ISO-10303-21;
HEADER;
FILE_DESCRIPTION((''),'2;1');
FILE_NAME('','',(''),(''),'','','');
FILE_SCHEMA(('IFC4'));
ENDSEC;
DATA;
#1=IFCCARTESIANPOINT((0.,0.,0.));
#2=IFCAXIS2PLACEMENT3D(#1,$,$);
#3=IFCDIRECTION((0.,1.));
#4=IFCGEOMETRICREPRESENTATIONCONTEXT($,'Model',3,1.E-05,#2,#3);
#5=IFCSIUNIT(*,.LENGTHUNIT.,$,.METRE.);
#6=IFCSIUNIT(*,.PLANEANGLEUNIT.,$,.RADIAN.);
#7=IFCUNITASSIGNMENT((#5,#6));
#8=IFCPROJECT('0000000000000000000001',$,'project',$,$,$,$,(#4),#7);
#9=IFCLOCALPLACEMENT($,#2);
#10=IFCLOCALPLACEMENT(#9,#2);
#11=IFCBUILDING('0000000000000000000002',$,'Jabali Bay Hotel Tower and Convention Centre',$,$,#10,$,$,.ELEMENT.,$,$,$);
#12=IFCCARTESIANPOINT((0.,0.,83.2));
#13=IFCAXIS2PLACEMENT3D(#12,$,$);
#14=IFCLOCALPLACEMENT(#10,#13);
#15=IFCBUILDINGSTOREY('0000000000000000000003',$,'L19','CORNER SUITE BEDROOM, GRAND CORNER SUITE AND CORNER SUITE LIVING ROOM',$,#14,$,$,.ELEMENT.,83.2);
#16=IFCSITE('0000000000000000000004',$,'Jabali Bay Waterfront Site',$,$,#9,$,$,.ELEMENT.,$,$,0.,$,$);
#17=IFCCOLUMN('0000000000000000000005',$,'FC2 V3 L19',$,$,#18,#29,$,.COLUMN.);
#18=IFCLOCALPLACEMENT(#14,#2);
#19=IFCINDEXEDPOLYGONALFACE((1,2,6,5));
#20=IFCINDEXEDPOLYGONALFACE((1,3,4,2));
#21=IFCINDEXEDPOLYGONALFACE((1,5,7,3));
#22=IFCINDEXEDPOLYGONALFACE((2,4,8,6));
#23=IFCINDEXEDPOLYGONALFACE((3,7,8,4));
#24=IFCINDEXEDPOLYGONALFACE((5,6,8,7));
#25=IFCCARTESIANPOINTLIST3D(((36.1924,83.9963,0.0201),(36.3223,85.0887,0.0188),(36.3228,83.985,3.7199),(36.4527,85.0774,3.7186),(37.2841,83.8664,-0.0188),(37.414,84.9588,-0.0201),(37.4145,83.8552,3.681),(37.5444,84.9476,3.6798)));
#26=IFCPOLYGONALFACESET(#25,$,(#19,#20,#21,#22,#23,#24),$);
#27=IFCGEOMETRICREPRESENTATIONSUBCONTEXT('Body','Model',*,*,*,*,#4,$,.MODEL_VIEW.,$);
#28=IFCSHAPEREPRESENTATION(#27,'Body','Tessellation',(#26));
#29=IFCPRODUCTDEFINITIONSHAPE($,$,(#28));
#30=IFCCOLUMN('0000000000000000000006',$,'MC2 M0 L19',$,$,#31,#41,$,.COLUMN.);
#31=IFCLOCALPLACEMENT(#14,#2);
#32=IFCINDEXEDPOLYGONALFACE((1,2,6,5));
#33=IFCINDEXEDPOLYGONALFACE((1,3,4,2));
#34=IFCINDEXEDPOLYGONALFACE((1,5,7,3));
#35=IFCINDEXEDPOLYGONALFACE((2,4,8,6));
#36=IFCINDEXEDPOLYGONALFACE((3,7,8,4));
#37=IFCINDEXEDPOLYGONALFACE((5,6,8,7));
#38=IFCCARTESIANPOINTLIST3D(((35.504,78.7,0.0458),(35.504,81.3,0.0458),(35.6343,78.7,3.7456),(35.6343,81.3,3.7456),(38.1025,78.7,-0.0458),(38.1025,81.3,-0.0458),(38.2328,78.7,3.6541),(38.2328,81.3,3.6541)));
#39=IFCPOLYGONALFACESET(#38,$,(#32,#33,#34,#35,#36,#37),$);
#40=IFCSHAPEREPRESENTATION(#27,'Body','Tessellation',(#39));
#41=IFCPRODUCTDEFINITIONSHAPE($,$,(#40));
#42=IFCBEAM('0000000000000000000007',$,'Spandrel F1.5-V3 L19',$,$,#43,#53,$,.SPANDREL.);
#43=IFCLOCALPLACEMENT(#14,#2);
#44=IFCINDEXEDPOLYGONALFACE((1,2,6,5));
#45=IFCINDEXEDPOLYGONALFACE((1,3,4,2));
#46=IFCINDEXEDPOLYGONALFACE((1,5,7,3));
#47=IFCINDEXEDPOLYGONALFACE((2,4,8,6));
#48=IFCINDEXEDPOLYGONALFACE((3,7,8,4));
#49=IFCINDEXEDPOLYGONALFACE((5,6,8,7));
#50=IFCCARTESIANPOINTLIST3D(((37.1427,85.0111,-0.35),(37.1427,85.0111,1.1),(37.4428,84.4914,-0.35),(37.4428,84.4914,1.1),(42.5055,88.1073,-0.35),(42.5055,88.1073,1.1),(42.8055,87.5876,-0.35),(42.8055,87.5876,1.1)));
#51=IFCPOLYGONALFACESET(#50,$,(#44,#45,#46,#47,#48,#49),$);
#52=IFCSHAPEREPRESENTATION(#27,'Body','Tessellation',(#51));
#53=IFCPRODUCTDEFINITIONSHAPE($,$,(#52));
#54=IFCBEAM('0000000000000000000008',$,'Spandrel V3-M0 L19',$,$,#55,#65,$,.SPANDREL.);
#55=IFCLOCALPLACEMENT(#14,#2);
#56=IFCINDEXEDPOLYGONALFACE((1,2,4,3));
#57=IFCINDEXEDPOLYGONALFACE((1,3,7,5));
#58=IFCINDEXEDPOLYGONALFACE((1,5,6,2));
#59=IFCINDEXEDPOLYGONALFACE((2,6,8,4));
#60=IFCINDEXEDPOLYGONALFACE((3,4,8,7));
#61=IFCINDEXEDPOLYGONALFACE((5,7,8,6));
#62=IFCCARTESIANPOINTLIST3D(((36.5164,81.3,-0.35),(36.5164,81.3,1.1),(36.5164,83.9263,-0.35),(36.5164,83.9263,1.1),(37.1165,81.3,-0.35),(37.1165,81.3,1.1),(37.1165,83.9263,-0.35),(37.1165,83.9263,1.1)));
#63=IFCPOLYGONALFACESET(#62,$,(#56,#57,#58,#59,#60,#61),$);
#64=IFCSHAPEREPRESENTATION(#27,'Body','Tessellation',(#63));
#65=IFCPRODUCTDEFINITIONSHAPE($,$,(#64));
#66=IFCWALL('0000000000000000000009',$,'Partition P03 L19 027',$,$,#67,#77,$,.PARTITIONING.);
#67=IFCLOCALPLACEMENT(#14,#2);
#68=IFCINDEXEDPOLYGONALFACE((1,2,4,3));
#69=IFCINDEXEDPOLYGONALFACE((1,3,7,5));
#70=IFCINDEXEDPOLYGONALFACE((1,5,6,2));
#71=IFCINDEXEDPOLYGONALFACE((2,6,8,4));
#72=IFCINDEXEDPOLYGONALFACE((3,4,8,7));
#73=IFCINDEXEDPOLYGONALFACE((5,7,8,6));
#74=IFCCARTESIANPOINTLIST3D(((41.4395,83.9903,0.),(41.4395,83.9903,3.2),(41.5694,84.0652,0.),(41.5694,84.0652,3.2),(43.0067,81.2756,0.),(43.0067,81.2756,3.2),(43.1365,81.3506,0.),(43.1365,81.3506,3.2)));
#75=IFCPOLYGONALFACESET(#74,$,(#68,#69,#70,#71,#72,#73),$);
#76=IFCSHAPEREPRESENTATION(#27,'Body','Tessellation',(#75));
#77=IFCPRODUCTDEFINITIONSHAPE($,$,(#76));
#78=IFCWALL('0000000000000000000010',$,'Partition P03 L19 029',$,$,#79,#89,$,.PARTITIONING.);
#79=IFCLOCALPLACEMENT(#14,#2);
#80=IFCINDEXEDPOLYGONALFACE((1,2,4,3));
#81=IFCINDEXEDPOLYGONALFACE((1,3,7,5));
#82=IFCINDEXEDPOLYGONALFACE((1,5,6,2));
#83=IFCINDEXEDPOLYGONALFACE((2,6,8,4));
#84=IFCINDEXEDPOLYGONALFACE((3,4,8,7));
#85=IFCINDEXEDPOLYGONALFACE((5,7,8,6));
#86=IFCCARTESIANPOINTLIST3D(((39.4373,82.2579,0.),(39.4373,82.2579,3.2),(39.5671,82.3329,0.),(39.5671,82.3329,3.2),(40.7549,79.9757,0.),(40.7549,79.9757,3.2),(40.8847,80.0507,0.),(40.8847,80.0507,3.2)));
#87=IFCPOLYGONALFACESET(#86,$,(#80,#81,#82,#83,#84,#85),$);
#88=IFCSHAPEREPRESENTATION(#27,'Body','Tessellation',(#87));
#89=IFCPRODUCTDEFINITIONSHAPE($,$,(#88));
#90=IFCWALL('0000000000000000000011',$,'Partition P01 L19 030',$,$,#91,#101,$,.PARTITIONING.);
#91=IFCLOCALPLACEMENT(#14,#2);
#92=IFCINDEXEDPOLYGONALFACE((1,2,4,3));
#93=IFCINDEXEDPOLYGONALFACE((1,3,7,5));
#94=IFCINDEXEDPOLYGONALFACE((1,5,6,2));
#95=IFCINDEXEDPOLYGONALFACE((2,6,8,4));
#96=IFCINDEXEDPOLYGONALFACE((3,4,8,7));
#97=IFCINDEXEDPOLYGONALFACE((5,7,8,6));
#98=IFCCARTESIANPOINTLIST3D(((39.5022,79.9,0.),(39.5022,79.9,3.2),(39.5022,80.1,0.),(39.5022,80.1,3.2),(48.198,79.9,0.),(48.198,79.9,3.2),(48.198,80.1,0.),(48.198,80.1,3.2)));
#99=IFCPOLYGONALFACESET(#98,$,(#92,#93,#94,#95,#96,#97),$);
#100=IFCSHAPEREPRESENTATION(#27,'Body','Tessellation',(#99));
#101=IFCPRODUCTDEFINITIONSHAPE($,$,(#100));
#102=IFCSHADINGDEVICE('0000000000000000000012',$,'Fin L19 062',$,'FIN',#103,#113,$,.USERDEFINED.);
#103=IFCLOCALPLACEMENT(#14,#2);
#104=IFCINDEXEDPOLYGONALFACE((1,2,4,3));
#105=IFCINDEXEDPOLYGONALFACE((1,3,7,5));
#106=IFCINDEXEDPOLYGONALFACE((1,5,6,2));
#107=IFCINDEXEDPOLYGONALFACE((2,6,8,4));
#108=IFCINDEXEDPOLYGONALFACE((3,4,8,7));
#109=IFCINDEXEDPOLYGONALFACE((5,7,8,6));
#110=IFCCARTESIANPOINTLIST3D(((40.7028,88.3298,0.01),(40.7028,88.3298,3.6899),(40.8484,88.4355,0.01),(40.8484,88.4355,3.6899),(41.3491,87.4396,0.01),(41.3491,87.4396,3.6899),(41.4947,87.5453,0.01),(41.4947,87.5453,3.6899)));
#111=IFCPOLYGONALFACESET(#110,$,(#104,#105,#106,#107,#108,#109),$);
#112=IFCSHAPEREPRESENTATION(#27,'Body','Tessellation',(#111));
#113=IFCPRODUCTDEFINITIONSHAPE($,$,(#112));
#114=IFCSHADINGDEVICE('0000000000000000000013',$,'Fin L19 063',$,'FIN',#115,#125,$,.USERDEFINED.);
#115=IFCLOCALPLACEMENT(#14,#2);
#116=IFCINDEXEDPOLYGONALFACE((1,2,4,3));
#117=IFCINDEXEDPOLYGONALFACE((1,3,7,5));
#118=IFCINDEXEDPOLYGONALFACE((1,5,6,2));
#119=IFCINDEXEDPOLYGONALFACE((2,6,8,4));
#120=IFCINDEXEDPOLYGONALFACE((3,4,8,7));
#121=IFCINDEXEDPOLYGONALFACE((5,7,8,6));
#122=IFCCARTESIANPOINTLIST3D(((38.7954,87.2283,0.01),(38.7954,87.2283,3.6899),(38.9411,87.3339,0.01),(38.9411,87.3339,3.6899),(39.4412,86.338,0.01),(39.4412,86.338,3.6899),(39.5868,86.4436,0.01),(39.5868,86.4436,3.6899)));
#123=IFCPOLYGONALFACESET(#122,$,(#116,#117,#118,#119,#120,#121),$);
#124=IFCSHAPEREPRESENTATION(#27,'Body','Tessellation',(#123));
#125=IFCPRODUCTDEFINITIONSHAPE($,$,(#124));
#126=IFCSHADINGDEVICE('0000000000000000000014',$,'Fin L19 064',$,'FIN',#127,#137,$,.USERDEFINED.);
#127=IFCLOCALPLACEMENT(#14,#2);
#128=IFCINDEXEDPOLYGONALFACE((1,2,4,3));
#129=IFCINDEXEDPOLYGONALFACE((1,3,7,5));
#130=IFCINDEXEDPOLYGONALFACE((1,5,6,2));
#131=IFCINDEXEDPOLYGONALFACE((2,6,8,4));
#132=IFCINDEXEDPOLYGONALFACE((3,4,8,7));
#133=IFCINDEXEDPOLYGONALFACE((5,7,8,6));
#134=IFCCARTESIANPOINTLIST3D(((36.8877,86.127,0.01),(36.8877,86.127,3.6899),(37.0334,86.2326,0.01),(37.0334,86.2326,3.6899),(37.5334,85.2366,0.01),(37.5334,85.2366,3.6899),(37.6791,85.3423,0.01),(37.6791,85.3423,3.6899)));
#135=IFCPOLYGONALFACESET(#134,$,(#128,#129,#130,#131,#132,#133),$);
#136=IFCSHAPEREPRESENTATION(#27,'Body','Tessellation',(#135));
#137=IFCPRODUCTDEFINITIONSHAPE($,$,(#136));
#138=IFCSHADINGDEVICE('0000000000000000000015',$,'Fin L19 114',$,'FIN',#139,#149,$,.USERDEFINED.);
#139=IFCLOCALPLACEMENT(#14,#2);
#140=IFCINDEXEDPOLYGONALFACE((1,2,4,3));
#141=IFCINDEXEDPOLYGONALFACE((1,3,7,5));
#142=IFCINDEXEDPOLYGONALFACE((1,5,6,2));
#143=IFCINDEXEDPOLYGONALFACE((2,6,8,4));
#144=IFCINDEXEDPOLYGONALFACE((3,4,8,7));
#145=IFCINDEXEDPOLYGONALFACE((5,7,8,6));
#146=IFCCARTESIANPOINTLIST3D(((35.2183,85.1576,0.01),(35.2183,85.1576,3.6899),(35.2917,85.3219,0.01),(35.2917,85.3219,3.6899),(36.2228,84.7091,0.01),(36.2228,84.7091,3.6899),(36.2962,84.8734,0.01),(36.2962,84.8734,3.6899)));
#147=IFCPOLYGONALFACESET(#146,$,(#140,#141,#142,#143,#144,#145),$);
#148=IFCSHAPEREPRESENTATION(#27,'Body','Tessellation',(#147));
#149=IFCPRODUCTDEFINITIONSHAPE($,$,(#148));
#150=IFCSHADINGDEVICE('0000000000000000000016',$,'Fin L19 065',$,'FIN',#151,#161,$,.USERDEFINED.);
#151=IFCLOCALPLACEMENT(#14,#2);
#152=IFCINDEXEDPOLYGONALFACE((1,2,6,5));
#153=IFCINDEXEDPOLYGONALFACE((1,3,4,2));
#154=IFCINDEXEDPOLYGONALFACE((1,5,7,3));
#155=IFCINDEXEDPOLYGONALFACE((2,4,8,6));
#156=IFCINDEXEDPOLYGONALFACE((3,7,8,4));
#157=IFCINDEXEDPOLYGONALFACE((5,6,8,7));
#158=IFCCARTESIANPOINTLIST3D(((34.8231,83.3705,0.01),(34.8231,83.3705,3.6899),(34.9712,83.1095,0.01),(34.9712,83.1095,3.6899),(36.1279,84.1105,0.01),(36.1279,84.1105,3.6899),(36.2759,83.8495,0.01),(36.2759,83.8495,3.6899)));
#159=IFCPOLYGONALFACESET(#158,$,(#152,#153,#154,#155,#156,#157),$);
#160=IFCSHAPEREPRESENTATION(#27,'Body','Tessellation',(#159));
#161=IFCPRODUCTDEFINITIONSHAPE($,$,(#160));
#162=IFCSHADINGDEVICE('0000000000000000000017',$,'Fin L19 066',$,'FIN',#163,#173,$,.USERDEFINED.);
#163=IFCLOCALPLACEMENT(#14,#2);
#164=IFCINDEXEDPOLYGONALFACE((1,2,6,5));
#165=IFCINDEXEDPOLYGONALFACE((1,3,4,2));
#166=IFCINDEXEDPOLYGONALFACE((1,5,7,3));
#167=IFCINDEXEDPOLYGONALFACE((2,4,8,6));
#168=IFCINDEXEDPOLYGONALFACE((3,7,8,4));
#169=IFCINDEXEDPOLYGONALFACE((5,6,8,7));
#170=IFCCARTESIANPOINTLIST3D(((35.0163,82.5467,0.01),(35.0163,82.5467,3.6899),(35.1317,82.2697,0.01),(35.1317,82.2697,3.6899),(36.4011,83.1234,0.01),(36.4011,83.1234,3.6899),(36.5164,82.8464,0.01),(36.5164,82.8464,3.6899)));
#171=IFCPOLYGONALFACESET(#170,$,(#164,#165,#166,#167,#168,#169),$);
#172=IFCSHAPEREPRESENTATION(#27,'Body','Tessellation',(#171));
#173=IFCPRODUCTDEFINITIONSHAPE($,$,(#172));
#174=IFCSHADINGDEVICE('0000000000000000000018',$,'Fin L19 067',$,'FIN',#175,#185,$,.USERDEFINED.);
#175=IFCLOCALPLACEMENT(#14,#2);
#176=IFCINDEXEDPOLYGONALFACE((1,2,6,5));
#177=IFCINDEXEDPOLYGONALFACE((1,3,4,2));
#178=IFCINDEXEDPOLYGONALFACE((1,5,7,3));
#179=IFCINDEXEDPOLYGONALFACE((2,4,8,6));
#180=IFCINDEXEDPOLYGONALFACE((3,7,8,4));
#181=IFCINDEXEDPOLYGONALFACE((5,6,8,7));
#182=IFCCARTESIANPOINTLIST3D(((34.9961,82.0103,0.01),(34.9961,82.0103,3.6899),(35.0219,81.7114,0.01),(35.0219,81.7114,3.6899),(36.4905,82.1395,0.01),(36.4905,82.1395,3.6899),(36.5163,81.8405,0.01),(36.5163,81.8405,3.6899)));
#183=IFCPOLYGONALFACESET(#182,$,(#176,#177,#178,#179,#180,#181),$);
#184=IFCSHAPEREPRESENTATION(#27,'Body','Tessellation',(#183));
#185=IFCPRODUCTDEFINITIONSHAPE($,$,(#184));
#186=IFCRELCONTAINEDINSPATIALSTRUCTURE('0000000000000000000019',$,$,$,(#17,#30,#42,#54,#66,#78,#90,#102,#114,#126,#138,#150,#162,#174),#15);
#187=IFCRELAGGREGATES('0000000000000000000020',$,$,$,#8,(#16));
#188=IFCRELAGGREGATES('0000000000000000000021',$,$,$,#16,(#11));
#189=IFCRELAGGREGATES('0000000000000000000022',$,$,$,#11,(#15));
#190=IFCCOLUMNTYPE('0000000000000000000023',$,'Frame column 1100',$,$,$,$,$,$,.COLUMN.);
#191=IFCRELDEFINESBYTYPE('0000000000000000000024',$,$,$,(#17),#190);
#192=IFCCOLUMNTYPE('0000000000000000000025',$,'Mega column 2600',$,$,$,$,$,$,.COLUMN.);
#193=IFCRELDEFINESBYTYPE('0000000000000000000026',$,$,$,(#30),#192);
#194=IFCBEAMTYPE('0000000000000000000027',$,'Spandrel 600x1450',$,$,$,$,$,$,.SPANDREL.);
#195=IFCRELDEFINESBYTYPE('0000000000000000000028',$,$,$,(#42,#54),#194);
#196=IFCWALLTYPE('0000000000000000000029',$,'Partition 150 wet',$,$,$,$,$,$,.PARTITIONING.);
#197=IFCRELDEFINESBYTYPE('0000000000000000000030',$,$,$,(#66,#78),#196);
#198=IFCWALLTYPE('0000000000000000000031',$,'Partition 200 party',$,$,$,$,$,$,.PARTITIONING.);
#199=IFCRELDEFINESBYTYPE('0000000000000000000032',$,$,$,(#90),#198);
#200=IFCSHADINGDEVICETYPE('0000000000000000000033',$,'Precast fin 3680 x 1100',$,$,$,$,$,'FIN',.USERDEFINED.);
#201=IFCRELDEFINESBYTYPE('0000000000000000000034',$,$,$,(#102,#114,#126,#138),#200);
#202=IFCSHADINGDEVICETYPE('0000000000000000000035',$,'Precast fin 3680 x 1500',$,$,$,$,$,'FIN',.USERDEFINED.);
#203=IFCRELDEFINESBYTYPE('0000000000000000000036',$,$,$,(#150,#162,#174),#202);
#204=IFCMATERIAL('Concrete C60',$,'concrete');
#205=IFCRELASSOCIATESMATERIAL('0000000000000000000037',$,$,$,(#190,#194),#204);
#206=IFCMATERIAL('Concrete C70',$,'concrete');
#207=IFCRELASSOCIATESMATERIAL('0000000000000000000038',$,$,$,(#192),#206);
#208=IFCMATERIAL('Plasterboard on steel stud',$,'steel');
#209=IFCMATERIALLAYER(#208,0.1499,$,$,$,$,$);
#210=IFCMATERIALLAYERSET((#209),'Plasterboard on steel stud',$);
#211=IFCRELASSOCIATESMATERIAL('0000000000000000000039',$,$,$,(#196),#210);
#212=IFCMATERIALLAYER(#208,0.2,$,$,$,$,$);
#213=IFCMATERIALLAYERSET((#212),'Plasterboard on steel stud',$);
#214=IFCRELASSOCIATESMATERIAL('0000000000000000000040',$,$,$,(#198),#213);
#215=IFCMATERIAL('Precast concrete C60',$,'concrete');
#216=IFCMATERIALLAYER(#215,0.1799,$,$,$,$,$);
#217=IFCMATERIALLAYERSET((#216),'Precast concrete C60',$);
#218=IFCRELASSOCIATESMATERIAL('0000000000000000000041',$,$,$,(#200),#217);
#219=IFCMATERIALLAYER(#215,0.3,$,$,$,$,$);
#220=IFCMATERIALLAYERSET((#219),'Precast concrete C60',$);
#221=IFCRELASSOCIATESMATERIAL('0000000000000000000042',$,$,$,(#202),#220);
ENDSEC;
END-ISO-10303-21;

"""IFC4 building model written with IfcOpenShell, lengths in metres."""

from ifc_helpers import new_model, si_unit, direction, frame, frame_2d, origin, origin_2d, place, context, subcontext, project, spatial, rectangle, extrude, material, layer, layer_set, material_profile, profile_set, type_object, element, save


model = new_model("IFC4")

# Units and contexts
model_context = context("Model", 3, precision=1e-05, world=origin(), true_north=direction((0.0, 1.0)))
body_context = subcontext(model_context, "Body", "Model", "MODEL_VIEW")
ifc_project = project(units=[si_unit("LENGTHUNIT", "METRE"), si_unit("PLANEANGLEUNIT", "RADIAN")], contexts=[model_context])

# Site, building, storey
site_placement = place(None, origin())
site = spatial("IfcSite", under=ifc_project, at=site_placement, Name="Jabali Bay Waterfront Site", CompositionType="ELEMENT", RefElevation=0.0)
building_placement = place(site_placement, origin())
building = spatial("IfcBuilding", under=site, at=building_placement, Name="Jabali Bay Hotel Tower and Convention Centre", CompositionType="ELEMENT")
storey_placement = place(building_placement, frame((0.0, 0.0, 83.2)))
storey = spatial("IfcBuildingStorey", under=building, at=storey_placement, Name="L19", Description="CORNER SUITE BEDROOM, GRAND CORNER SUITE AND CORNER SUITE LIVING ROOM", CompositionType="ELEMENT", Elevation=83.2)

# Columns
ifc_material_1 = material(Name="Concrete C60", Category="concrete")
ifc_material_profile_1 = material_profile(ifc_material_1, rectangle(XDim=1.1001, YDim=1.1001, at=origin_2d()), Name="Frame column 1100")
ifc_profile_set_1 = profile_set([ifc_material_profile_1], Name="Concrete C60")
column_type_1 = type_object("IfcColumnType", Name="Frame column 1100", PredefinedType="COLUMN", material=ifc_profile_set_1)
column_1_placement = place(storey_placement, frame((36.8032, 84.4775, 0.0), z_axis=(0.035214, -0.003033, 0.999375), x_axis=(-0.992378, 0.118061, 0.035326)))
element("IfcColumn", 1, at=column_1_placement, inside=storey, type_object=column_type_1, Name="FC2 V3 L19", PredefinedType="COLUMN", context=body_context, shape_type="SweptSolid", body=[
    extrude(rectangle(XDim=1.1001, YDim=1.1001, at=origin_2d()), origin(), (0.0, 0.0, 1.0), 3.7021),
])
ifc_material_2 = material(Name="Concrete C70", Category="concrete")
ifc_material_profile_2 = material_profile(ifc_material_2, rectangle(XDim=2.6001, YDim=2.6001, at=origin_2d()), Name="Mega column 2600")
ifc_profile_set_2 = profile_set([ifc_material_profile_2], Name="Concrete C70")
column_type_2 = type_object("IfcColumnType", Name="Mega column 2600", PredefinedType="COLUMN", material=ifc_profile_set_2)
column_2_placement = place(storey_placement, frame((36.8032, 80.0, 0.0), z_axis=(0.035214, 0.0, 0.99938), x_axis=(0.0, 1.0, 0.0)))
element("IfcColumn", 2, at=column_2_placement, inside=storey, type_object=column_type_2, Name="MC2 M0 L19", PredefinedType="COLUMN", context=body_context, shape_type="SweptSolid", body=[
    extrude(rectangle(XDim=2.6001, YDim=2.6001, at=origin_2d()), origin(), (0.0, 0.0, 1.0), 3.7021),
])

# Beams
ifc_material_profile_3 = material_profile(ifc_material_1, rectangle(XDim=0.6001, YDim=1.45, at=origin_2d()), Name="Spandrel 600x1450")
ifc_profile_set_3 = profile_set([ifc_material_profile_3], Name="Concrete C60")
beam_type = type_object("IfcBeamType", Name="Spandrel 600x1450", PredefinedType="SPANDREL", material=ifc_profile_set_3)
beam_1_placement = place(storey_placement, frame((42.6555, 87.8474, 0.375), z_axis=(-0.866027, -0.499998, 0.0), x_axis=(0.499998, -0.866027, 0.0)))
element("IfcBeam", 3, at=beam_1_placement, inside=storey, type_object=beam_type, Name="Spandrel F1.5-V3 L19", PredefinedType="SPANDREL", context=body_context, shape_type="SweptSolid", body=[
    extrude(rectangle(XDim=0.6001, YDim=1.45, at=origin_2d()), origin(), (0.0, 0.0, 1.0), 6.1924),
])
beam_2_placement = place(storey_placement, frame((36.8164, 83.9263, 0.375), z_axis=(0.0, -1.0, 0.0), x_axis=(1.0, 0.0, 0.0)))
element("IfcBeam", 4, at=beam_2_placement, inside=storey, type_object=beam_type, Name="Spandrel V3-M0 L19", PredefinedType="SPANDREL", context=body_context, shape_type="SweptSolid", body=[
    extrude(rectangle(XDim=0.6001, YDim=1.45, at=origin_2d()), origin(), (0.0, 0.0, 1.0), 2.6262),
])

# Walls
ifc_material_3 = material(Name="Plasterboard on steel stud", Category="steel")
ifc_layer_1 = layer(ifc_material_3, 0.1499)
ifc_layer_set_1 = layer_set([ifc_layer_1], Name="Plasterboard on steel stud")
wall_type_1 = type_object("IfcWallType", Name="Partition 150 wet", PredefinedType="PARTITIONING", material=ifc_layer_set_1)
wall_1_placement = place(storey_placement, frame((41.5044, 84.0278, 0.0), z_axis=(0.0, 0.0, 1.0), x_axis=(0.499967, -0.866044, 0.0)))
element("IfcWall", 5, at=wall_1_placement, inside=storey, type_object=wall_type_1, Name="Partition P03 L19 027", PredefinedType="PARTITIONING", context=body_context, shape_type="SweptSolid", body=[
    extrude(rectangle(XDim=3.1345, YDim=0.1499, at=frame_2d((1.5674, 0.0))), origin(), (0.0, 0.0, 1.0), 3.2),
])
wall_2_placement = place(storey_placement, frame((40.8198, 80.0132, 0.0), z_axis=(0.0, 0.0, 1.0), x_axis=(-0.499995, 0.866028, 0.0)))
element("IfcWall", 6, at=wall_2_placement, inside=storey, type_object=wall_type_1, Name="Partition P03 L19 029", PredefinedType="PARTITIONING", context=body_context, shape_type="SweptSolid", body=[
    extrude(rectangle(XDim=2.6353, YDim=0.1499, at=frame_2d((1.3176, 0.0))), origin(), (0.0, 0.0, 1.0), 3.2),
])
ifc_layer_2 = layer(ifc_material_3, 0.2)
ifc_layer_set_2 = layer_set([ifc_layer_2], Name="Plasterboard on steel stud")
wall_type_2 = type_object("IfcWallType", Name="Partition 200 party", PredefinedType="PARTITIONING", material=ifc_layer_set_2)
wall_3_placement = place(storey_placement, frame((39.5022, 80.0, 0.0), z_axis=(0.0, 0.0, 1.0), x_axis=(1.0, 0.0, 0.0)))
element("IfcWall", 7, at=wall_3_placement, inside=storey, type_object=wall_type_2, Name="Partition P01 L19 030", PredefinedType="PARTITIONING", context=body_context, shape_type="SweptSolid", body=[
    extrude(rectangle(XDim=8.6958, YDim=0.2, at=frame_2d((4.3479, 0.0))), origin(), (0.0, 0.0, 1.0), 3.2),
])

# Shading devices
ifc_material_4 = material(Name="Precast concrete C60", Category="concrete")
ifc_layer_3 = layer(ifc_material_4, 0.1799)
ifc_layer_set_3 = layer_set([ifc_layer_3], Name="Precast concrete C60")
shading_device_type_1 = type_object("IfcShadingDeviceType", Name="Precast fin 3680 x 1100", ElementType="FIN", PredefinedType="USERDEFINED", material=ifc_layer_set_3)
shading_device_1_placement = place(storey_placement, frame((41.4219, 87.4924, 0.01), z_axis=(0.0, 0.0, 1.0), x_axis=(-0.587498, 0.809225, 0.0)))
element("IfcShadingDevice", 8, at=shading_device_1_placement, inside=storey, type_object=shading_device_type_1, Name="Fin L19 062", ObjectType="FIN", PredefinedType="USERDEFINED", context=body_context, shape_type="SweptSolid", body=[
    extrude(rectangle(XDim=1.1001, YDim=0.1799, at=frame_2d((0.55, 0.0))), origin(), (0.0, 0.0, 1.0), 3.6799),
])
for number, where, z_axis, x_axis, name in (
    (9, (39.5139, 86.3909, 0.01), (0.0, 0.0, 1.0), (-0.587102, 0.809513, 0.0), "Fin L19 063"),
    (10, (37.6062, 85.2896, 0.01), (0.0, 0.0, 1.0), (-0.587102, 0.809513, 0.0), "Fin L19 064"),
):
    element("IfcShadingDevice", number, at=place(storey_placement, frame(where, z_axis=z_axis, x_axis=x_axis)), inside=storey, type_object=shading_device_type_1, Name=name, ObjectType="FIN", PredefinedType="USERDEFINED", context=body_context, shape_type="SweptSolid", body=[
        extrude(rectangle(XDim=1.0999, YDim=0.1799, at=frame_2d((0.5498, 0.0))), origin(), (0.0, 0.0, 1.0), 3.6799),
    ])
shading_device_2_placement = place(storey_placement, frame((36.2595, 84.7913, 0.01), z_axis=(0.0, 0.0, 1.0), x_axis=(-0.913105, 0.407724, 0.0)))
element("IfcShadingDevice", 11, at=shading_device_2_placement, inside=storey, type_object=shading_device_type_1, Name="Fin L19 114", ObjectType="FIN", PredefinedType="USERDEFINED", context=body_context, shape_type="SweptSolid", body=[
    extrude(rectangle(XDim=1.1001, YDim=0.1799, at=frame_2d((0.55, 0.0))), origin(), (0.0, 0.0, 1.0), 3.6799),
])
ifc_layer_4 = layer(ifc_material_4, 0.3)
ifc_layer_set_4 = layer_set([ifc_layer_4], Name="Precast concrete C60")
shading_device_type_2 = type_object("IfcShadingDeviceType", Name="Precast fin 3680 x 1500", ElementType="FIN", PredefinedType="USERDEFINED", material=ifc_layer_set_4)
for number, where, z_axis, x_axis, name in (
    (12, (36.2019, 83.98, 0.01), (0.0, 0.0, 1.0), (-0.869831, -0.493349, 0.0), "Fin L19 065"),
    (13, (36.4587, 82.9849, 0.01), (0.0, 0.0, 1.0), (-0.923154, -0.38443, 0.0), "Fin L19 066"),
    (14, (36.5034, 81.99, 0.01), (0.0, 0.0, 1.0), (-0.996286, -0.086103, 0.0), "Fin L19 067"),
):
    element("IfcShadingDevice", number, at=place(storey_placement, frame(where, z_axis=z_axis, x_axis=x_axis)), inside=storey, type_object=shading_device_type_2, Name=name, ObjectType="FIN", PredefinedType="USERDEFINED", context=body_context, shape_type="SweptSolid", body=[
        extrude(rectangle(XDim=1.5, YDim=0.3, at=frame_2d((0.75, 0.0))), origin(), (0.0, 0.0, 1.0), 3.6799),
    ])

save(model, "model.ifc")
